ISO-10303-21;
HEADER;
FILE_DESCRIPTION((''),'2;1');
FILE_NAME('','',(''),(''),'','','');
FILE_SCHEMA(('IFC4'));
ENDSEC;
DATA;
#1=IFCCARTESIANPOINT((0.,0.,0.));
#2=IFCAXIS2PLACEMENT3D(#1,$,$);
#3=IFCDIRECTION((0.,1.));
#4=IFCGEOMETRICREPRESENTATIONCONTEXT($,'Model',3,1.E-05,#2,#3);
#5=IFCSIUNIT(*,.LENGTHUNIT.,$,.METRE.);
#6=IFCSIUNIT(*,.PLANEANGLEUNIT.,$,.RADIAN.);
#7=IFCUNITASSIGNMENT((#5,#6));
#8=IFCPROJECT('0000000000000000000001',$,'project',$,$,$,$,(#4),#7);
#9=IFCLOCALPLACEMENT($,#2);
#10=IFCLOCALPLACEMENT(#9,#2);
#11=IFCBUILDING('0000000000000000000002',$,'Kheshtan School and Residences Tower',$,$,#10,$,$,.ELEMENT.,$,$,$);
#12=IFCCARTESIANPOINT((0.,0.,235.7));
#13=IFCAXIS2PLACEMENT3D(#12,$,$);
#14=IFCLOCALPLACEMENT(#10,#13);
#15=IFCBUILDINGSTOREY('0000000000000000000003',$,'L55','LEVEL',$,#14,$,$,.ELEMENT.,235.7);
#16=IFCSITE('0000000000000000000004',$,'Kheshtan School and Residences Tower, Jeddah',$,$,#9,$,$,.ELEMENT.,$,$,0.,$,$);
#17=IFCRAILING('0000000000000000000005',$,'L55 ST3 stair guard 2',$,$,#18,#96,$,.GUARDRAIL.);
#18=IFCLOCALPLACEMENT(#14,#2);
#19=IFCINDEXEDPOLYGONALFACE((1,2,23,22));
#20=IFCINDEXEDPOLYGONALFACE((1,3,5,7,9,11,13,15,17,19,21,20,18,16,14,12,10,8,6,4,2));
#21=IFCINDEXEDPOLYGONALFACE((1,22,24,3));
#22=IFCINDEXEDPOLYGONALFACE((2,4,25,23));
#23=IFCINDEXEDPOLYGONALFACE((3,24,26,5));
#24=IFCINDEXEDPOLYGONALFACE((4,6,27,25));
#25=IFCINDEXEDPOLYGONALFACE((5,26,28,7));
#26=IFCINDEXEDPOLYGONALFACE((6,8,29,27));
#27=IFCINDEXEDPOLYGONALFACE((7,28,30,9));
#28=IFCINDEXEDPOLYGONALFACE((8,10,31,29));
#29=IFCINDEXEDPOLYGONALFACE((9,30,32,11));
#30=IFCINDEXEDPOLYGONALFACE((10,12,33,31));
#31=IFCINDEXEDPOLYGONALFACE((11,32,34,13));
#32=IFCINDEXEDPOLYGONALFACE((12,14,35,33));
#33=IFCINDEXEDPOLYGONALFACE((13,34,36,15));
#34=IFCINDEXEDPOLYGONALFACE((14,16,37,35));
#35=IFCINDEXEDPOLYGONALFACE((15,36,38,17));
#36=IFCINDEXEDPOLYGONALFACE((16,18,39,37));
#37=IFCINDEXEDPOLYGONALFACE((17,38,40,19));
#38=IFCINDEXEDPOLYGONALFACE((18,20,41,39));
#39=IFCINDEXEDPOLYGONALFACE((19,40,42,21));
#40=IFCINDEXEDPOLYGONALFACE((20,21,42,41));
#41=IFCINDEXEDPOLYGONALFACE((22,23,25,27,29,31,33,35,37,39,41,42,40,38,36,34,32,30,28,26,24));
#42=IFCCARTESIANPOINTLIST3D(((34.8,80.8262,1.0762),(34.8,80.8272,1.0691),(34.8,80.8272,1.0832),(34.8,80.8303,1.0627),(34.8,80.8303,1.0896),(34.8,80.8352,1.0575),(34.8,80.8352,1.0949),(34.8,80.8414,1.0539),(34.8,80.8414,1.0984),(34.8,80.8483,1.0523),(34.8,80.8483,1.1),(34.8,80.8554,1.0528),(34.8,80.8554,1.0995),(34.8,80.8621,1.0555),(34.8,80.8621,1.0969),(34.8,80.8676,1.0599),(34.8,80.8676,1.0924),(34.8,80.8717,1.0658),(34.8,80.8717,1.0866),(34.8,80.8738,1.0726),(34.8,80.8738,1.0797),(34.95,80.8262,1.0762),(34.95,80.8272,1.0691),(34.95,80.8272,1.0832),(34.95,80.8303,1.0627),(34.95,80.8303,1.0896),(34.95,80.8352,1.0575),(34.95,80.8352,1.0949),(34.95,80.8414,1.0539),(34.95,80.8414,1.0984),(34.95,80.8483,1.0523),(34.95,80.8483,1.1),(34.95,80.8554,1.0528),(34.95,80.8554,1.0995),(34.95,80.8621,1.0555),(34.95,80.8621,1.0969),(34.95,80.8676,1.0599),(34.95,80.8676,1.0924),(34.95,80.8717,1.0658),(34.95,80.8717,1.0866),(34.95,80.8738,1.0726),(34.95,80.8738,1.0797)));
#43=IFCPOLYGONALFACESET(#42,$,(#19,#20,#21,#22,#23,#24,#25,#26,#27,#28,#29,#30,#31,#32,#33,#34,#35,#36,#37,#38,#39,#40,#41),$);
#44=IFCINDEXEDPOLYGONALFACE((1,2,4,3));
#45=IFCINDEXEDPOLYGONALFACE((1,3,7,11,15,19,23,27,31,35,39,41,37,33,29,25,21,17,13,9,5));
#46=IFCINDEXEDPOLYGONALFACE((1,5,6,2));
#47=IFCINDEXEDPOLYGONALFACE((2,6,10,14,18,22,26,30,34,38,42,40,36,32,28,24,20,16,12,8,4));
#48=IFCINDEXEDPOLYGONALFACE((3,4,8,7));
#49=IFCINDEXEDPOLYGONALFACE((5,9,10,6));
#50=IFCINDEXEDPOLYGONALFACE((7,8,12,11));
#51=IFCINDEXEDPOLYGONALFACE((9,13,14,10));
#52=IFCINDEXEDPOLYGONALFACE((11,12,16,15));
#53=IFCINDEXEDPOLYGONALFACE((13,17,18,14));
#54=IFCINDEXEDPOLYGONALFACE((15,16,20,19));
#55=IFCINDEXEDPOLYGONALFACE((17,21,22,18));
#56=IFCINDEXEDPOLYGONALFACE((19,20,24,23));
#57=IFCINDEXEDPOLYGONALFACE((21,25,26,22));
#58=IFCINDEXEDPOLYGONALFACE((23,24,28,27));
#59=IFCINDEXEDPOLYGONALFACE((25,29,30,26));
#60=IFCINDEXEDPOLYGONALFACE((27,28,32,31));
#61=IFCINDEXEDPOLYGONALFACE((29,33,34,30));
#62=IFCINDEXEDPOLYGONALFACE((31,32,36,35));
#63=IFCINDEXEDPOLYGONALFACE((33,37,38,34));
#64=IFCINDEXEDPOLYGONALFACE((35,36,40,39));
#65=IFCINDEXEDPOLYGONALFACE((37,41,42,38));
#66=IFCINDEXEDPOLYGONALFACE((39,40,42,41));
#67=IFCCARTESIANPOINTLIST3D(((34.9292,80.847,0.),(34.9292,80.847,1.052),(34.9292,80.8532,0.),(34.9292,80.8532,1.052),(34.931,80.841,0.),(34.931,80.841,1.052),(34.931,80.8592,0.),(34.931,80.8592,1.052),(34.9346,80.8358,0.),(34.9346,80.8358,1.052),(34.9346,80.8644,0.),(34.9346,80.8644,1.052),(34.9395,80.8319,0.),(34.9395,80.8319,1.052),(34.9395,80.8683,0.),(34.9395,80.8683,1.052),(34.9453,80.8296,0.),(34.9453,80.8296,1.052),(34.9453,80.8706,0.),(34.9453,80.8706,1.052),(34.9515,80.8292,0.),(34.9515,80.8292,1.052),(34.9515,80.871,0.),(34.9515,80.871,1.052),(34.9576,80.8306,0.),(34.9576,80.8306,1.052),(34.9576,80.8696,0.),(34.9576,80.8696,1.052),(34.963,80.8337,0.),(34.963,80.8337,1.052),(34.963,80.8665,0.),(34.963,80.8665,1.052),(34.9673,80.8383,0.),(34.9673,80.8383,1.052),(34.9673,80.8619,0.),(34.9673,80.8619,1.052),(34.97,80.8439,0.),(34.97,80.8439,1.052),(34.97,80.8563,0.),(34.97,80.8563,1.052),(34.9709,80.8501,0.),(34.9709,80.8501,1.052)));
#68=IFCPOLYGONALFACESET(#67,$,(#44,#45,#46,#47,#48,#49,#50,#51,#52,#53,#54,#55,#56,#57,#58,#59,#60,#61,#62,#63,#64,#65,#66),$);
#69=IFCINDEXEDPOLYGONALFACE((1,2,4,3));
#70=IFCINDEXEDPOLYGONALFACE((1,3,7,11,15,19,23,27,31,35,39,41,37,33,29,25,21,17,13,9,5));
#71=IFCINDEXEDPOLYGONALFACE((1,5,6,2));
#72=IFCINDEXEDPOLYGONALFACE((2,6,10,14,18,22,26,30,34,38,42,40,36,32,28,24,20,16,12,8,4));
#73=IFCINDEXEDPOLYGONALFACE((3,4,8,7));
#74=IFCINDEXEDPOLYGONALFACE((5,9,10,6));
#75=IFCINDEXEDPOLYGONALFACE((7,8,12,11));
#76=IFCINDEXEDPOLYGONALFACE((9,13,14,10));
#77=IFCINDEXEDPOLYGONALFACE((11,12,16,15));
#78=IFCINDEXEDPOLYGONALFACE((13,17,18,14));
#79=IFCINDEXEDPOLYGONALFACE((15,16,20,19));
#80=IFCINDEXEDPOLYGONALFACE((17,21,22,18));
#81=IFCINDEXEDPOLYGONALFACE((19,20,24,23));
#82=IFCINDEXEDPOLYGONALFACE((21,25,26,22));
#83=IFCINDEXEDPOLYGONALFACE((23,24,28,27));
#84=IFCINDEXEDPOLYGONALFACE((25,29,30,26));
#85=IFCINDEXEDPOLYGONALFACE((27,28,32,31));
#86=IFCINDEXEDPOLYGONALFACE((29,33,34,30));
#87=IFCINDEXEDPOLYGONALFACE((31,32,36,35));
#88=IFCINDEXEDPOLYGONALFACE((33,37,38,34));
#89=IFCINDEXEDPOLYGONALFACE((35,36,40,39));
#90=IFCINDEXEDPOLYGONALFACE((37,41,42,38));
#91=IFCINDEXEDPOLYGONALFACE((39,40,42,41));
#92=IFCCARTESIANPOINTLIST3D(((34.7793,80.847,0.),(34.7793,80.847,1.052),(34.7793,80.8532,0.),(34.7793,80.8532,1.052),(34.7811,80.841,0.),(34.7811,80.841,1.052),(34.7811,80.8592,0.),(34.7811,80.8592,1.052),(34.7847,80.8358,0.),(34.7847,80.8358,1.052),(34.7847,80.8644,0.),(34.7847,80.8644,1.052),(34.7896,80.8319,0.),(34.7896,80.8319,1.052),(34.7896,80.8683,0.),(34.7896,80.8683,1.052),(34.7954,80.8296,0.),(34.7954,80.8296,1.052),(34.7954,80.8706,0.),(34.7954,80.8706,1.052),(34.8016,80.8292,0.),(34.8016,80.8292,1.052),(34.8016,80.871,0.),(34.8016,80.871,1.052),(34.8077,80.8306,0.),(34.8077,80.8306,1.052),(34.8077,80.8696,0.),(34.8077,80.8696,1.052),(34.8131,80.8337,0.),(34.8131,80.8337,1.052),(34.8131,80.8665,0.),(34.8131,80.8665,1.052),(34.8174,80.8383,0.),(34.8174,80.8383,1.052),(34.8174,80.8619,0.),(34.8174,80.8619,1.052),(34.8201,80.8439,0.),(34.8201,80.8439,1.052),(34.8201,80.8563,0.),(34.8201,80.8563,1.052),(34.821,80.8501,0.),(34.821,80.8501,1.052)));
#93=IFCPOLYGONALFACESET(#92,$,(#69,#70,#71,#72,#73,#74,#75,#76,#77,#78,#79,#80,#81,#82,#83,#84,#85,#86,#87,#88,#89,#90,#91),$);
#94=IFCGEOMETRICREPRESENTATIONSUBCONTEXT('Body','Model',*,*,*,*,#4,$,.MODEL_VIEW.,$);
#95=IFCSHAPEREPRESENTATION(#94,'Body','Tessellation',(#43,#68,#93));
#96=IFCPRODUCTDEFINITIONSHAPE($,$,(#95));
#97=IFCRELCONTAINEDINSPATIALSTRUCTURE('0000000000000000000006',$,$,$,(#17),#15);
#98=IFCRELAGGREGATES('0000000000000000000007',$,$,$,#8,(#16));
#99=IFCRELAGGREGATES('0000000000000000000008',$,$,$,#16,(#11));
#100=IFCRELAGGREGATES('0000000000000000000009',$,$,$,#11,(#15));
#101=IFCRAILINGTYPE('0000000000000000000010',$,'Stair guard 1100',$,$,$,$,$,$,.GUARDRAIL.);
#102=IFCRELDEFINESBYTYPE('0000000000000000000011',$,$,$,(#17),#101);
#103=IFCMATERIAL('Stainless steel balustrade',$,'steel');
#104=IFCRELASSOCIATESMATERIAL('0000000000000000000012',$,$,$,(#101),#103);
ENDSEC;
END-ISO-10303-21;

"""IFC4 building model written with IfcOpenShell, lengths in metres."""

from ifc_helpers import new_model, si_unit, direction, frame, origin, origin_2d, place, context, subcontext, project, spatial, circle, extrude, material, type_object, element, save


model = new_model("IFC4")

# Units and contexts
model_context = context("Model", 3, precision=1e-05, world=origin(), true_north=direction((0.0, 1.0)))
body_context = subcontext(model_context, "Body", "Model", "MODEL_VIEW")
ifc_project = project(units=[si_unit("LENGTHUNIT", "METRE"), si_unit("PLANEANGLEUNIT", "RADIAN")], contexts=[model_context])

# Site, building, storey
site_placement = place(None, origin())
site = spatial("IfcSite", under=ifc_project, at=site_placement, Name="Kheshtan School and Residences Tower, Jeddah", CompositionType="ELEMENT", RefElevation=0.0)
building_placement = place(site_placement, origin())
building = spatial("IfcBuilding", under=site, at=building_placement, Name="Kheshtan School and Residences Tower", CompositionType="ELEMENT")
storey_placement = place(building_placement, frame((0.0, 0.0, 235.7)))
storey = spatial("IfcBuildingStorey", under=building, at=storey_placement, Name="L55", Description="LEVEL", CompositionType="ELEMENT", Elevation=235.7)

# Railing
ifc_material_1 = material(Name="Stainless steel balustrade", Category="steel")
railing_type_1 = type_object("IfcRailingType", Name="Stair guard 1100", PredefinedType="GUARDRAIL", material=ifc_material_1)
railing_1_placement = place(storey_placement, frame((34.95, 80.8501, 0.0)))
element("IfcRailing", 1, at=railing_1_placement, inside=storey, type_object=railing_type_1, Name="L55 ST3 stair guard 2", PredefinedType="GUARDRAIL", context=body_context, shape_type="SweptSolid", body=[
    extrude(circle(Radius=0.0239, at=origin_2d()), frame((0.0, 0.0, 1.0762), z_axis=(-1.0, 0.0, 0.0), x_axis=(0.0, -1.0, 0.0)), (0.0, 0.0, 1.0), 0.1499),
    extrude(circle(Radius=0.021, at=origin_2d()), origin(), (0.0, 0.0, 1.0), 1.052),
    extrude(circle(Radius=0.021, at=origin_2d()), frame((-0.1499, 0.0, 0.0)), (0.0, 0.0, 1.0), 1.052),
])

save(model, "model.ifc")
